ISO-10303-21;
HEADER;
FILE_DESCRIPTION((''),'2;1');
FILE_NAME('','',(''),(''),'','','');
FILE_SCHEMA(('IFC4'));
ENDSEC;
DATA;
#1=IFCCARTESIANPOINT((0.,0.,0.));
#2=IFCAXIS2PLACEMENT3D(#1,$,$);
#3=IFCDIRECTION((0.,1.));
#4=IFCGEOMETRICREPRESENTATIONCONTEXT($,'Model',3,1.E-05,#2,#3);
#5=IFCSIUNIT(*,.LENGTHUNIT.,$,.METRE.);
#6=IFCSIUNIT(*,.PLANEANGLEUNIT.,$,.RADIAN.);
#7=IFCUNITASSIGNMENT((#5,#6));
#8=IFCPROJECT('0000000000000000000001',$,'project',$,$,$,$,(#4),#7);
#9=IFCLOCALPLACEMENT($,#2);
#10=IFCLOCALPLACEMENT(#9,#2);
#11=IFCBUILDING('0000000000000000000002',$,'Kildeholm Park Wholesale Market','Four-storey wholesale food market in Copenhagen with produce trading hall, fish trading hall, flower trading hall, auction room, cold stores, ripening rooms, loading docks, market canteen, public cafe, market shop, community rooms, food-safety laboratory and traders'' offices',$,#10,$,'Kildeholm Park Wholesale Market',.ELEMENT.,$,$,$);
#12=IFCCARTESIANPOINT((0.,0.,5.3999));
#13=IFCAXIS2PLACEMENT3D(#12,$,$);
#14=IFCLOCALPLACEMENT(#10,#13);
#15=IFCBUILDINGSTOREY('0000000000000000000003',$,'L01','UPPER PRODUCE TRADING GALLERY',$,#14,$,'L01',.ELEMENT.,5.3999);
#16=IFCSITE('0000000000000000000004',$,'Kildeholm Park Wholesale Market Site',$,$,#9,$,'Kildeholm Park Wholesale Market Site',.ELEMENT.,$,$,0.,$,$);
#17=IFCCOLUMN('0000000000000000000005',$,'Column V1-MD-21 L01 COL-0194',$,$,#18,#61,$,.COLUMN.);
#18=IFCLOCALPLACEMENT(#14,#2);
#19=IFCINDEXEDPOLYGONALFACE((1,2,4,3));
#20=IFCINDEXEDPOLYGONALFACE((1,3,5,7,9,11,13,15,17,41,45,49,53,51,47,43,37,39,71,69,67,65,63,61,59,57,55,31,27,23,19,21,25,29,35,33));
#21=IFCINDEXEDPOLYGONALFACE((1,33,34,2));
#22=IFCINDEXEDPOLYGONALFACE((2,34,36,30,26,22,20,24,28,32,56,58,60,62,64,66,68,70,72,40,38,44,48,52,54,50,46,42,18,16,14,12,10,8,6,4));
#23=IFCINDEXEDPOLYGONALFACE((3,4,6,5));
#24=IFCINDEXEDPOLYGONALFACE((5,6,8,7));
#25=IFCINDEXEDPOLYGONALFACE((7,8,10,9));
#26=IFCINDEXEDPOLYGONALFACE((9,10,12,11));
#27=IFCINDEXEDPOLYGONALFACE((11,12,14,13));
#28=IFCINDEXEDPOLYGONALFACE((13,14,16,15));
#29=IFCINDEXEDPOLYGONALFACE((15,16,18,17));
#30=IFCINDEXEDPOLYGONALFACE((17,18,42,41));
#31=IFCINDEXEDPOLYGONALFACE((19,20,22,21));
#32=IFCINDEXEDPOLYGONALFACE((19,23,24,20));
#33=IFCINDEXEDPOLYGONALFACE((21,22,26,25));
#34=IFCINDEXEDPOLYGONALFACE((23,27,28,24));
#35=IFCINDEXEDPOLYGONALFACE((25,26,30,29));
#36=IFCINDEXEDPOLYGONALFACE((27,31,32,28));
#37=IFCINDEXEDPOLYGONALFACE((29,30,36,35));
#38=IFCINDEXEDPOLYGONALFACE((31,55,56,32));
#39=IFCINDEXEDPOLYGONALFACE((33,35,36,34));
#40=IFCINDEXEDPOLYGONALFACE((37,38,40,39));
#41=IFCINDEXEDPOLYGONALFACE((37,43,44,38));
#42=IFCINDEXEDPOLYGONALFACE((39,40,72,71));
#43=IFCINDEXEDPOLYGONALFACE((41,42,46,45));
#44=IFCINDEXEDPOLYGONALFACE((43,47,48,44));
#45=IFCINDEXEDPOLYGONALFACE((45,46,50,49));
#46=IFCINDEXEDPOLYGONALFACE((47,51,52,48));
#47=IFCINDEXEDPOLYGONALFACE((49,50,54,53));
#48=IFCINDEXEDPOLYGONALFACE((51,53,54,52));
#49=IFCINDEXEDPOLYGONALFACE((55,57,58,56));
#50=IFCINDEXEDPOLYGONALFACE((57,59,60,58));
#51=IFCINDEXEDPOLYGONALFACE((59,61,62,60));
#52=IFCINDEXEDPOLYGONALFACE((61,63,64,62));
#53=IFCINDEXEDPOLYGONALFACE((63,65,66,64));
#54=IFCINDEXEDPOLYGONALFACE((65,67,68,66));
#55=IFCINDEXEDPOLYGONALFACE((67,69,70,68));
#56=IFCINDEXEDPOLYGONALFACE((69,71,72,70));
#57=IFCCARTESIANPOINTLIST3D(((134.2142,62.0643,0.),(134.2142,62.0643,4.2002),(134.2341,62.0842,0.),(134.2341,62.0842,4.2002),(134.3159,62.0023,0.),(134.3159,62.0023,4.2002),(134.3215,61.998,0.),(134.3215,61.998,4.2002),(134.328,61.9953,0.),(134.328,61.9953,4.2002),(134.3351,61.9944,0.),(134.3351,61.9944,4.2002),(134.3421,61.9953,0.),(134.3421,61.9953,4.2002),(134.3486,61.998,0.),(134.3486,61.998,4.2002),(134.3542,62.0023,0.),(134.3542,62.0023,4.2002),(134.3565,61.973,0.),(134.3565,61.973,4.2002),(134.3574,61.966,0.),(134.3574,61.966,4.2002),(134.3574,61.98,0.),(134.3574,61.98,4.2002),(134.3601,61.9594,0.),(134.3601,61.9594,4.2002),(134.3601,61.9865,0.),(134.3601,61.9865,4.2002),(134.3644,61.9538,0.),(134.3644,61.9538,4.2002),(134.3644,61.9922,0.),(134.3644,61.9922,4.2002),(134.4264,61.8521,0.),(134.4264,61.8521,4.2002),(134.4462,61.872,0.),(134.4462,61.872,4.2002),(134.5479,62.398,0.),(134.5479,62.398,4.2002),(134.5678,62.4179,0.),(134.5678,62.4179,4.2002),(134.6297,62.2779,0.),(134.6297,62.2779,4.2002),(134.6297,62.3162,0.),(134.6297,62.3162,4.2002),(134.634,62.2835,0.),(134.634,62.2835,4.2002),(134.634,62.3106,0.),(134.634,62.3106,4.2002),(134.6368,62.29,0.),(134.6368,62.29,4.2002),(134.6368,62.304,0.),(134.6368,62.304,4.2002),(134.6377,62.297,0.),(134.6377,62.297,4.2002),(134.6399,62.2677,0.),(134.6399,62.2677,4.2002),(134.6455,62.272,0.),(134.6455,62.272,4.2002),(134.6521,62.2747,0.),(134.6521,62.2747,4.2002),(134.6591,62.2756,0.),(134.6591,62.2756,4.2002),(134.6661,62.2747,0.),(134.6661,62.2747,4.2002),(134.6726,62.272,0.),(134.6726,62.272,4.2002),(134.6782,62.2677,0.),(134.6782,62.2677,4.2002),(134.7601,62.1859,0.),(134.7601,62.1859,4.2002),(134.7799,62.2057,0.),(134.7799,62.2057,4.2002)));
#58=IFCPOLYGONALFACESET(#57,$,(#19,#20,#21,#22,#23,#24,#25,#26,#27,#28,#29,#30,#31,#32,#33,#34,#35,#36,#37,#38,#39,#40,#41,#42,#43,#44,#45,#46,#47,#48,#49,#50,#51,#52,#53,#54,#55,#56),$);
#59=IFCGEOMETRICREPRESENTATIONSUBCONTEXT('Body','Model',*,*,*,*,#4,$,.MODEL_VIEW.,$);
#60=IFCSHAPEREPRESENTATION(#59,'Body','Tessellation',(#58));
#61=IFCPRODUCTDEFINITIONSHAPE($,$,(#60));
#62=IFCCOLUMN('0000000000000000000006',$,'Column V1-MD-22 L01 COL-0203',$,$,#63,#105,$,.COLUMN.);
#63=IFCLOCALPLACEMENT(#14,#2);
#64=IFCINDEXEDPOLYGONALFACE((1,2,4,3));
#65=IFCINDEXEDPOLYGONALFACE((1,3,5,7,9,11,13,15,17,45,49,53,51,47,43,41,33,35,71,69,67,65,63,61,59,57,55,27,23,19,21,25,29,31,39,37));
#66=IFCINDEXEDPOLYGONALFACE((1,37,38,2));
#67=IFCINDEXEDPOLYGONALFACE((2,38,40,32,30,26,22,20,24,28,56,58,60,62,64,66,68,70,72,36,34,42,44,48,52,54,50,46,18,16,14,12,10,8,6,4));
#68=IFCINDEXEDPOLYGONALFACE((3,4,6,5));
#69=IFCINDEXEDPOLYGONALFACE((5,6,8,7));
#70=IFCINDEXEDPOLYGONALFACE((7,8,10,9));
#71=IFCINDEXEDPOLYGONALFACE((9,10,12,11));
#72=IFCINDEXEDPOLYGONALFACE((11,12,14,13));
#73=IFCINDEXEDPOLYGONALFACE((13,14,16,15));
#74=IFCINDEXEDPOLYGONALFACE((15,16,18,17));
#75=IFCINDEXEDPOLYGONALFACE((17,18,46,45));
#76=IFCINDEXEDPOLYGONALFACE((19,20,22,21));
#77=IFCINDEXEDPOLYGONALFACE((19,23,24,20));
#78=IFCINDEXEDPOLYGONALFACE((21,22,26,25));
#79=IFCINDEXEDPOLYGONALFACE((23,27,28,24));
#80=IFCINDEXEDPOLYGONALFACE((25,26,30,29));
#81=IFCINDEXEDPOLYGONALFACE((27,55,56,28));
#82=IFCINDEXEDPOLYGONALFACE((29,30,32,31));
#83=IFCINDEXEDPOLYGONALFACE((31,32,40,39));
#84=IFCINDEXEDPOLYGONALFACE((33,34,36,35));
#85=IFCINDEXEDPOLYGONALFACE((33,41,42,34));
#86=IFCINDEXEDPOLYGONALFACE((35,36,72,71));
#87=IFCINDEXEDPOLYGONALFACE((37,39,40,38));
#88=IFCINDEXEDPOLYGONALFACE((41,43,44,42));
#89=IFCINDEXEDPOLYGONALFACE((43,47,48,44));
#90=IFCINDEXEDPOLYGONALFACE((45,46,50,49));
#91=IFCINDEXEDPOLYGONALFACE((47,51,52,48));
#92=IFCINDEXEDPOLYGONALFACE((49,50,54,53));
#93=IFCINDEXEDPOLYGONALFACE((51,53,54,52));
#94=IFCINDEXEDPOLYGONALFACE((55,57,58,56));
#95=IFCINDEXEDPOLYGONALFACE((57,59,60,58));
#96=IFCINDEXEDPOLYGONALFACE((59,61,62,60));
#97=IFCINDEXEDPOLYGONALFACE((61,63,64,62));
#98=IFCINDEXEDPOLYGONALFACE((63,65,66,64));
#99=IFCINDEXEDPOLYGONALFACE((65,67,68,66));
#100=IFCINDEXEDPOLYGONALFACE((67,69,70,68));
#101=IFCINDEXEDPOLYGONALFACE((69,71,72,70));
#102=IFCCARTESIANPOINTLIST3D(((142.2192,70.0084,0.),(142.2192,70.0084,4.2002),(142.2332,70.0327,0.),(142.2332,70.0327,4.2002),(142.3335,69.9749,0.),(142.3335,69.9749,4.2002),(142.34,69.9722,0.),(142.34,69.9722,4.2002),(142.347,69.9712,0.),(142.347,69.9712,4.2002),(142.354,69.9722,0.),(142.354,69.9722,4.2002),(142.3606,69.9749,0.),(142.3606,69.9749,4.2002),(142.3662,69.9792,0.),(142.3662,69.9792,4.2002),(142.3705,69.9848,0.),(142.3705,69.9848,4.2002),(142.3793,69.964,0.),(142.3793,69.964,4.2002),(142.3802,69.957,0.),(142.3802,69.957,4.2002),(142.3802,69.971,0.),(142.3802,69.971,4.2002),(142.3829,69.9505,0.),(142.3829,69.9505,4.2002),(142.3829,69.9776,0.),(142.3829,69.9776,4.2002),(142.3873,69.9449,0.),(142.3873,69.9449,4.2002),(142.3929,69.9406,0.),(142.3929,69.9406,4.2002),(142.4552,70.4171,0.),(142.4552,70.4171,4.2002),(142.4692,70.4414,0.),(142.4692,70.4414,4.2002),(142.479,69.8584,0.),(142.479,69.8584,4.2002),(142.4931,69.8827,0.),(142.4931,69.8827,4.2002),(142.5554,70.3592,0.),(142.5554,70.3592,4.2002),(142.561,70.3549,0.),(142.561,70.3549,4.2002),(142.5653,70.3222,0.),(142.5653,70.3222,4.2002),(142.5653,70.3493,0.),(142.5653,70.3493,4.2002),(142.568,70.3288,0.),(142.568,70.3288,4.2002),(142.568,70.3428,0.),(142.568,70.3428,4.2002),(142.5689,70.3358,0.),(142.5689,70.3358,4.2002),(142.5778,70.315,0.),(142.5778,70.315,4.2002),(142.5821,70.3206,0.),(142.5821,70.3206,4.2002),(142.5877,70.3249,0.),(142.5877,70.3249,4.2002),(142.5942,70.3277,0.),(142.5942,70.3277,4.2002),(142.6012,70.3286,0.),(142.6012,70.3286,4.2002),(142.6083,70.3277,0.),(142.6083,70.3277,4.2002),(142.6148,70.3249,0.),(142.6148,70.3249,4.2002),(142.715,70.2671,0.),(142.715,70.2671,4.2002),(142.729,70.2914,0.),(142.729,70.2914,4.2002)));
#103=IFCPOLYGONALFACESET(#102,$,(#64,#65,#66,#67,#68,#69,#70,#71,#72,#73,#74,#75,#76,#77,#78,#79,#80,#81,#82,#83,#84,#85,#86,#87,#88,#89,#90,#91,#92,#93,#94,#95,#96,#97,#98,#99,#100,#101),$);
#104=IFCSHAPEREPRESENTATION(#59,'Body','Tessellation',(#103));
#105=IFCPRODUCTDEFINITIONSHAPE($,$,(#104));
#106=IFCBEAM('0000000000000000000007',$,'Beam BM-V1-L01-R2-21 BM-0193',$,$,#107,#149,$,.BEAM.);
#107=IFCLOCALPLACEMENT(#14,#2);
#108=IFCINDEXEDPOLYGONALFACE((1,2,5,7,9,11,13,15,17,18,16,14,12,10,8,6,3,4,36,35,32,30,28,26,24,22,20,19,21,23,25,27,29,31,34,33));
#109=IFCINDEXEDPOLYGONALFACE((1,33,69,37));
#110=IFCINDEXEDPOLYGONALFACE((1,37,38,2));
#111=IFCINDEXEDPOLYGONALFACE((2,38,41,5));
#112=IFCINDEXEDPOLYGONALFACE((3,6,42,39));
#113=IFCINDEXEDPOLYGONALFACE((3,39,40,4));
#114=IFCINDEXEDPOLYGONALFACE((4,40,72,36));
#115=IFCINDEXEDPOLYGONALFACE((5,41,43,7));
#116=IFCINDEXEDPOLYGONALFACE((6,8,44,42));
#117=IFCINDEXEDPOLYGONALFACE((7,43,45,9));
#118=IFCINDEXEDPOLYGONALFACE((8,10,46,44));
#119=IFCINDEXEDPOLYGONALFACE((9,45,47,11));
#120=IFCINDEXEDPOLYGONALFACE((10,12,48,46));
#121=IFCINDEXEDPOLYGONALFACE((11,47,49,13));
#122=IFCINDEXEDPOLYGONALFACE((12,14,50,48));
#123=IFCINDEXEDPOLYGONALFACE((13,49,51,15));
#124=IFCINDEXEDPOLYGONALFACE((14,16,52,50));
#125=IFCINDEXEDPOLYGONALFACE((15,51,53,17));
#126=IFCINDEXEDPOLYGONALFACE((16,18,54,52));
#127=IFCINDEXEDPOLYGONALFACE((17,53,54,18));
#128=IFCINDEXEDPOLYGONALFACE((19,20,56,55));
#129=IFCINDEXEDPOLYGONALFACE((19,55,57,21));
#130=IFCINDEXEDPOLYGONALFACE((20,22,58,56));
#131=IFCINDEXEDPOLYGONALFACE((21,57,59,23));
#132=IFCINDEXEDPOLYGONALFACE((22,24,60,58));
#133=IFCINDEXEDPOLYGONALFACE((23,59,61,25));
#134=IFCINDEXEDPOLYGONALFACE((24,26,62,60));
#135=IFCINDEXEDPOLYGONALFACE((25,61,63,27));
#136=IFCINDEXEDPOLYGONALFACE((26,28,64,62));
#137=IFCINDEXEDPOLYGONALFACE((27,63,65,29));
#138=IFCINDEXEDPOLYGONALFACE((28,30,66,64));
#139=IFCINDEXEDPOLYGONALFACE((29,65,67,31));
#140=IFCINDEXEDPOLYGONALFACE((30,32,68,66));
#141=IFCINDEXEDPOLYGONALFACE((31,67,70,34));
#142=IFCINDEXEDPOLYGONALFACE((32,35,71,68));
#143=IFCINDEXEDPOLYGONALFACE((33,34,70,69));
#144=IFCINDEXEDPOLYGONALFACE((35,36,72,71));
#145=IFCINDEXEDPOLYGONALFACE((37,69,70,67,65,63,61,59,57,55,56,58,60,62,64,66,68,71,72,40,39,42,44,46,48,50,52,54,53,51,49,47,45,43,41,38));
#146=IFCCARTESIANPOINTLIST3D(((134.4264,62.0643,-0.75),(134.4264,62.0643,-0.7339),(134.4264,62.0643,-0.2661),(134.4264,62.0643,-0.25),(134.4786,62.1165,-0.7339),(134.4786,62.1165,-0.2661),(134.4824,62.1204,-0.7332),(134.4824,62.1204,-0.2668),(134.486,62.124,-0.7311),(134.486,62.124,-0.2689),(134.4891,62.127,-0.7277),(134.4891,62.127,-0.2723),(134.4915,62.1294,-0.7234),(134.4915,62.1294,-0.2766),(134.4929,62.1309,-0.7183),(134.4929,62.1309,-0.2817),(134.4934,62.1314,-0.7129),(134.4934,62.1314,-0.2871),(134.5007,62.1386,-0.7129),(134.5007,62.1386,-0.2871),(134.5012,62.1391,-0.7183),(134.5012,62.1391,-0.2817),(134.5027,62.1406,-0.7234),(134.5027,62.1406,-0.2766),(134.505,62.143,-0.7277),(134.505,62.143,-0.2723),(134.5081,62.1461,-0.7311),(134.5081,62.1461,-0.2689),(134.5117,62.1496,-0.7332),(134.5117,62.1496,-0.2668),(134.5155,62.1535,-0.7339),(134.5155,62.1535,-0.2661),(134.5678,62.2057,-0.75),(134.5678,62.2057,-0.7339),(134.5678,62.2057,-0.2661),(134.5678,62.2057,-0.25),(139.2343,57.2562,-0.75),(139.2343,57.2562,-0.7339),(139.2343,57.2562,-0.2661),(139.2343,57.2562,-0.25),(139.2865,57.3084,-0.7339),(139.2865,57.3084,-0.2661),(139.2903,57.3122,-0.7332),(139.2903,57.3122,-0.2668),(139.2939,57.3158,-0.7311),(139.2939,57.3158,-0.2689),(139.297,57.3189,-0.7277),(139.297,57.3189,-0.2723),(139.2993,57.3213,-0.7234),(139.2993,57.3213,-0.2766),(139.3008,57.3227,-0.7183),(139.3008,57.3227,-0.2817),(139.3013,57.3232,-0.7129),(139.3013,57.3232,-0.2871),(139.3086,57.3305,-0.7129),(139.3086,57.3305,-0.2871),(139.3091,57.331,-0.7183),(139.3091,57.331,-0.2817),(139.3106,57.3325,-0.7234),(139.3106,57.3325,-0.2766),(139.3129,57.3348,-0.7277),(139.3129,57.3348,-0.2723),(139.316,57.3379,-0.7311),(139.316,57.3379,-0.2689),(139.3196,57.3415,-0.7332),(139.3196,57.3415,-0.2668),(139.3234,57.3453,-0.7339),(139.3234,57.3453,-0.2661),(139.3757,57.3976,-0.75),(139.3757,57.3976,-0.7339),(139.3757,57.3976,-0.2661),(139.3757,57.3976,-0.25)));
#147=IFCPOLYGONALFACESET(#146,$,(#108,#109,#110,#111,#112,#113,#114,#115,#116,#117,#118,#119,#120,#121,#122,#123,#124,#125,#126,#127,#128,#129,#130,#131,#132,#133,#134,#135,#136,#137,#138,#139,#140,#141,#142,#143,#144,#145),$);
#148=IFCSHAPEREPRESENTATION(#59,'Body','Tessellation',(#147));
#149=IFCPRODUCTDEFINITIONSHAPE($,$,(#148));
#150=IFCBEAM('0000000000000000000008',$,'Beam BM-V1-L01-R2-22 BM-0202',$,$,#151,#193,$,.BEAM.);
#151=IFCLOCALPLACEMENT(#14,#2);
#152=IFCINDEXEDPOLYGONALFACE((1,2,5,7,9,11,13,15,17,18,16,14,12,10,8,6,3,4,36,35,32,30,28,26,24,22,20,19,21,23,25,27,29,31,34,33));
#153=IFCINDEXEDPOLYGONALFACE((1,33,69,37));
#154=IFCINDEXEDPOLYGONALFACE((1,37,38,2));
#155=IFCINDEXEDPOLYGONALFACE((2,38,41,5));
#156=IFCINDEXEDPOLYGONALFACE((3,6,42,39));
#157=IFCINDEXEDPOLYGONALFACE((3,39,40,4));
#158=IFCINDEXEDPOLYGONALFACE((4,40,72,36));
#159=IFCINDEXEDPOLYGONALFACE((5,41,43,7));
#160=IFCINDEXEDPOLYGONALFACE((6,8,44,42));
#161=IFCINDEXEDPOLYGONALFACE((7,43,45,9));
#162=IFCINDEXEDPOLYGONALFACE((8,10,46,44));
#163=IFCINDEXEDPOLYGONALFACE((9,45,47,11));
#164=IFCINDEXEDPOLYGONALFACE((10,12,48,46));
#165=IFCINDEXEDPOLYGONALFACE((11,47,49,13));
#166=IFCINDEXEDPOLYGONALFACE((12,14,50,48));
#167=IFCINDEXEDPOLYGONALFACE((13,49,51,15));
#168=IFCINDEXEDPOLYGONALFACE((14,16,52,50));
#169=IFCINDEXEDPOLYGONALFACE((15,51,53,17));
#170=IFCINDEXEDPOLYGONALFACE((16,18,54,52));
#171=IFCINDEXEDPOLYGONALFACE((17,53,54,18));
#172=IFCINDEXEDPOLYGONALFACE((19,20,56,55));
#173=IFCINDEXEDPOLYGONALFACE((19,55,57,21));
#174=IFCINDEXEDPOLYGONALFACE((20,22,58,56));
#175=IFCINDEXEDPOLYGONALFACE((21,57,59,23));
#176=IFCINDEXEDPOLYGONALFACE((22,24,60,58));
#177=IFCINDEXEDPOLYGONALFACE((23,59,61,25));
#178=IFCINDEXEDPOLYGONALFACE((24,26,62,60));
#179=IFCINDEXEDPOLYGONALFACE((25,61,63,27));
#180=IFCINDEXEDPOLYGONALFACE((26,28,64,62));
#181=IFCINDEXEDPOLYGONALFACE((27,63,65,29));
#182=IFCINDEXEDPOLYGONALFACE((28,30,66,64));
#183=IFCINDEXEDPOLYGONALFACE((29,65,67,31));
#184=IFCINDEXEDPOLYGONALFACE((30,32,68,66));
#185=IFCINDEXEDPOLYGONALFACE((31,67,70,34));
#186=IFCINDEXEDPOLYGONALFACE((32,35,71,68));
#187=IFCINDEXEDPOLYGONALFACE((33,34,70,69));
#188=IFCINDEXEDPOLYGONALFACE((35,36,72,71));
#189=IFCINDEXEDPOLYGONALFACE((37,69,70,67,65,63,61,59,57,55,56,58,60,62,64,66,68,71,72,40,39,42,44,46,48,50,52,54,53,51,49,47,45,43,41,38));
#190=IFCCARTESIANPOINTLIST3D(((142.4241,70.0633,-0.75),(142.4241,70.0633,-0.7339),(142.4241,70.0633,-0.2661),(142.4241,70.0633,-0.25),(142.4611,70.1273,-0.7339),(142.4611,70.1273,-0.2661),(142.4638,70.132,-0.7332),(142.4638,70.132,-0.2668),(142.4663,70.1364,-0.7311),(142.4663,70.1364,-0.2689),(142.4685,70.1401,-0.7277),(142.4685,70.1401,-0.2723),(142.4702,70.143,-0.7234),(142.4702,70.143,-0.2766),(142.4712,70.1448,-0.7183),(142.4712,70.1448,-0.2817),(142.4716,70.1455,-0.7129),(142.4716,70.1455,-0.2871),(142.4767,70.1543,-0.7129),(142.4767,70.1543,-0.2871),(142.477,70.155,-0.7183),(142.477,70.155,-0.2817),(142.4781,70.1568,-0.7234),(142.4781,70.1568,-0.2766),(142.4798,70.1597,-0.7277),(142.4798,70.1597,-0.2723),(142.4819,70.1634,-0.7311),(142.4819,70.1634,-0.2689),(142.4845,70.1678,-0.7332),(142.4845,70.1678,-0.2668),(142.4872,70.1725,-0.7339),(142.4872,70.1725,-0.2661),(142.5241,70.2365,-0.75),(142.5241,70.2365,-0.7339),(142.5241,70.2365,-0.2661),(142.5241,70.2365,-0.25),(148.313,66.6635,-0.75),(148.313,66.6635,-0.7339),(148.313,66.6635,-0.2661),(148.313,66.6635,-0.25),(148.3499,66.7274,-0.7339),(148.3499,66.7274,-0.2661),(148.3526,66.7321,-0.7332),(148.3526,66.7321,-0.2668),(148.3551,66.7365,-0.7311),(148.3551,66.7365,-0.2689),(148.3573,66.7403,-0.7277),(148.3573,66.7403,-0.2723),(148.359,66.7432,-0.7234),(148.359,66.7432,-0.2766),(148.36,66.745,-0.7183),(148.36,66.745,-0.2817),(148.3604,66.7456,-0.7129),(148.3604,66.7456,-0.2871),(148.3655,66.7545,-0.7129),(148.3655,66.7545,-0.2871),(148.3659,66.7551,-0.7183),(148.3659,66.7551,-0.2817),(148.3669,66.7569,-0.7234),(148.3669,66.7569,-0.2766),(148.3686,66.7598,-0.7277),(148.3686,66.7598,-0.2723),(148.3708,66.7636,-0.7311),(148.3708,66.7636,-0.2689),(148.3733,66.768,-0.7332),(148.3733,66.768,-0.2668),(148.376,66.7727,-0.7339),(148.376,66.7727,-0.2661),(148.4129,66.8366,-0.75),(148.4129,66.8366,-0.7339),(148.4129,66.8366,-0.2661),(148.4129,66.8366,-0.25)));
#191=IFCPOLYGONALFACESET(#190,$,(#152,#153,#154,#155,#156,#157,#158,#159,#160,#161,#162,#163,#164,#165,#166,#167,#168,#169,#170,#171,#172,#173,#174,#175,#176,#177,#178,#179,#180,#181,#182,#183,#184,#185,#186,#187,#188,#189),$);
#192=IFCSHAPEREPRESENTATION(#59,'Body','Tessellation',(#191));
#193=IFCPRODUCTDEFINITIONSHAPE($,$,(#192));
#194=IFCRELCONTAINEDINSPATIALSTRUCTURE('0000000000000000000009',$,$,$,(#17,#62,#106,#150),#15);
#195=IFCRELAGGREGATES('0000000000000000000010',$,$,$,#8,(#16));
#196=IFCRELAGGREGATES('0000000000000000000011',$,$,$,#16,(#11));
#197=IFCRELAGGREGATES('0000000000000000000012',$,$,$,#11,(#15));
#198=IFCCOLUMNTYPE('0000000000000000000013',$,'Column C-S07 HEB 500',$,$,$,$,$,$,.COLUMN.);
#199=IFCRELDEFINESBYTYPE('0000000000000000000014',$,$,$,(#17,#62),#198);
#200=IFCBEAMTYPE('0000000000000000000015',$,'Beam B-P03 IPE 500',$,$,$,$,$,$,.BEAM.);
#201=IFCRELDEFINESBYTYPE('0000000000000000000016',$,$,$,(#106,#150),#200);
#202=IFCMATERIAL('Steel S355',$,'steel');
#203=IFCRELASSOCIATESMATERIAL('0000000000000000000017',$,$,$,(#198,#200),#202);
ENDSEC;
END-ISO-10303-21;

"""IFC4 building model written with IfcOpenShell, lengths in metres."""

from ifc_helpers import new_model, si_unit, direction, frame, origin, origin_2d, place, context, subcontext, project, spatial, i_section, extrude, material, material_profile, profile_set, type_object, element, save


model = new_model("IFC4")

# Units and contexts
model_context = context("Model", 3, precision=1e-05, world=origin(), true_north=direction((0.0, 1.0)))
body_context = subcontext(model_context, "Body", "Model", "MODEL_VIEW")
ifc_project = project(units=[si_unit("LENGTHUNIT", "METRE"), si_unit("PLANEANGLEUNIT", "RADIAN")], contexts=[model_context])

# Site, building, storey
site_placement = place(None, origin())
site = spatial("IfcSite", under=ifc_project, at=site_placement, Name="Kildeholm Park Wholesale Market Site", LongName="Kildeholm Park Wholesale Market Site", CompositionType="ELEMENT", RefElevation=0.0)
building_placement = place(site_placement, origin())
building = spatial("IfcBuilding", under=site, at=building_placement, Name="Kildeholm Park Wholesale Market", Description="Four-storey wholesale food market in Copenhagen with produce trading hall, fish trading hall, flower trading hall, auction room, cold stores, ripening rooms, loading docks, market canteen, public cafe, market shop, community rooms, food-safety laboratory and traders' offices", LongName="Kildeholm Park Wholesale Market", CompositionType="ELEMENT")
storey_placement = place(building_placement, frame((0.0, 0.0, 5.3999)))
storey = spatial("IfcBuildingStorey", under=building, at=storey_placement, Name="L01", Description="UPPER PRODUCE TRADING GALLERY", LongName="L01", CompositionType="ELEMENT", Elevation=5.3999)

# Columns
ifc_material_1 = material(Name="Steel S355", Category="steel")
ifc_material_profile_1 = material_profile(ifc_material_1, i_section(OverallWidth=0.3, OverallDepth=0.5, WebThickness=0.0144, FlangeThickness=0.0281, FilletRadius=0.0271, at=origin_2d()), Name="HEB 500")
ifc_profile_set_1 = profile_set([ifc_material_profile_1], Name="Steel S355")
column_type = type_object("IfcColumnType", Name="Column C-S07 HEB 500", PredefinedType="COLUMN", material=ifc_profile_set_1)
for number, where, z_axis, x_axis, name in (
    (1, (134.4971, 62.135, 0.0), (0.0, 0.0, 1.0), (0.707107, -0.707107, 0.0), "Column V1-MD-21 L01 COL-0194"),
    (2, (142.4741, 70.1499, 0.0), (0.0, 0.0, 1.0), (0.866025, -0.5, 0.0), "Column V1-MD-22 L01 COL-0203"),
):
    element("IfcColumn", number, at=place(storey_placement, frame(where, z_axis=z_axis, x_axis=x_axis)), inside=storey, type_object=column_type, Name=name, PredefinedType="COLUMN", context=body_context, shape_type="SweptSolid", body=[
        extrude(i_section(OverallWidth=0.3, OverallDepth=0.5, WebThickness=0.0144, FlangeThickness=0.0281, FilletRadius=0.0271, at=origin_2d()), origin(), (0.0, 0.0, 1.0), 4.2002),
    ])

# Beams
ifc_material_profile_2 = material_profile(ifc_material_1, i_section(OverallWidth=0.2, OverallDepth=0.5, WebThickness=0.0103, FlangeThickness=0.0161, FilletRadius=0.021, at=origin_2d()), Name="IPE 500")
ifc_profile_set_2 = profile_set([ifc_material_profile_2], Name="Steel S355")
beam_type_1 = type_object("IfcBeamType", Name="Beam B-P03 IPE 500", PredefinedType="BEAM", material=ifc_profile_set_2)
beam_1_placement = place(storey_placement, frame((134.4971, 62.135, -0.5), z_axis=(0.707089, -0.707125, 0.0), x_axis=(0.707125, 0.707089, 0.0)))
element("IfcBeam", 3, at=beam_1_placement, inside=storey, type_object=beam_type_1, Name="Beam BM-V1-L01-R2-21 BM-0193", PredefinedType="BEAM", context=body_context, shape_type="SweptSolid", body=[
    extrude(i_section(OverallWidth=0.2, OverallDepth=0.5, WebThickness=0.0103, FlangeThickness=0.0161, FilletRadius=0.021, at=origin_2d()), origin(), (0.0, 0.0, 1.0), 6.7996),
])
beam_2_placement = place(storey_placement, frame((142.4741, 70.1499, -0.5), z_axis=(0.86603, -0.499993, 0.0), x_axis=(0.499993, 0.86603, 0.0)))
element("IfcBeam", 4, at=beam_2_placement, inside=storey, type_object=beam_type_1, Name="Beam BM-V1-L01-R2-22 BM-0202", PredefinedType="BEAM", context=body_context, shape_type="SweptSolid", body=[
    extrude(i_section(OverallWidth=0.2, OverallDepth=0.5, WebThickness=0.0103, FlangeThickness=0.0161, FilletRadius=0.021, at=origin_2d()), origin(), (0.0, 0.0, 1.0), 6.7998),
])

save(model, "model.ifc")
